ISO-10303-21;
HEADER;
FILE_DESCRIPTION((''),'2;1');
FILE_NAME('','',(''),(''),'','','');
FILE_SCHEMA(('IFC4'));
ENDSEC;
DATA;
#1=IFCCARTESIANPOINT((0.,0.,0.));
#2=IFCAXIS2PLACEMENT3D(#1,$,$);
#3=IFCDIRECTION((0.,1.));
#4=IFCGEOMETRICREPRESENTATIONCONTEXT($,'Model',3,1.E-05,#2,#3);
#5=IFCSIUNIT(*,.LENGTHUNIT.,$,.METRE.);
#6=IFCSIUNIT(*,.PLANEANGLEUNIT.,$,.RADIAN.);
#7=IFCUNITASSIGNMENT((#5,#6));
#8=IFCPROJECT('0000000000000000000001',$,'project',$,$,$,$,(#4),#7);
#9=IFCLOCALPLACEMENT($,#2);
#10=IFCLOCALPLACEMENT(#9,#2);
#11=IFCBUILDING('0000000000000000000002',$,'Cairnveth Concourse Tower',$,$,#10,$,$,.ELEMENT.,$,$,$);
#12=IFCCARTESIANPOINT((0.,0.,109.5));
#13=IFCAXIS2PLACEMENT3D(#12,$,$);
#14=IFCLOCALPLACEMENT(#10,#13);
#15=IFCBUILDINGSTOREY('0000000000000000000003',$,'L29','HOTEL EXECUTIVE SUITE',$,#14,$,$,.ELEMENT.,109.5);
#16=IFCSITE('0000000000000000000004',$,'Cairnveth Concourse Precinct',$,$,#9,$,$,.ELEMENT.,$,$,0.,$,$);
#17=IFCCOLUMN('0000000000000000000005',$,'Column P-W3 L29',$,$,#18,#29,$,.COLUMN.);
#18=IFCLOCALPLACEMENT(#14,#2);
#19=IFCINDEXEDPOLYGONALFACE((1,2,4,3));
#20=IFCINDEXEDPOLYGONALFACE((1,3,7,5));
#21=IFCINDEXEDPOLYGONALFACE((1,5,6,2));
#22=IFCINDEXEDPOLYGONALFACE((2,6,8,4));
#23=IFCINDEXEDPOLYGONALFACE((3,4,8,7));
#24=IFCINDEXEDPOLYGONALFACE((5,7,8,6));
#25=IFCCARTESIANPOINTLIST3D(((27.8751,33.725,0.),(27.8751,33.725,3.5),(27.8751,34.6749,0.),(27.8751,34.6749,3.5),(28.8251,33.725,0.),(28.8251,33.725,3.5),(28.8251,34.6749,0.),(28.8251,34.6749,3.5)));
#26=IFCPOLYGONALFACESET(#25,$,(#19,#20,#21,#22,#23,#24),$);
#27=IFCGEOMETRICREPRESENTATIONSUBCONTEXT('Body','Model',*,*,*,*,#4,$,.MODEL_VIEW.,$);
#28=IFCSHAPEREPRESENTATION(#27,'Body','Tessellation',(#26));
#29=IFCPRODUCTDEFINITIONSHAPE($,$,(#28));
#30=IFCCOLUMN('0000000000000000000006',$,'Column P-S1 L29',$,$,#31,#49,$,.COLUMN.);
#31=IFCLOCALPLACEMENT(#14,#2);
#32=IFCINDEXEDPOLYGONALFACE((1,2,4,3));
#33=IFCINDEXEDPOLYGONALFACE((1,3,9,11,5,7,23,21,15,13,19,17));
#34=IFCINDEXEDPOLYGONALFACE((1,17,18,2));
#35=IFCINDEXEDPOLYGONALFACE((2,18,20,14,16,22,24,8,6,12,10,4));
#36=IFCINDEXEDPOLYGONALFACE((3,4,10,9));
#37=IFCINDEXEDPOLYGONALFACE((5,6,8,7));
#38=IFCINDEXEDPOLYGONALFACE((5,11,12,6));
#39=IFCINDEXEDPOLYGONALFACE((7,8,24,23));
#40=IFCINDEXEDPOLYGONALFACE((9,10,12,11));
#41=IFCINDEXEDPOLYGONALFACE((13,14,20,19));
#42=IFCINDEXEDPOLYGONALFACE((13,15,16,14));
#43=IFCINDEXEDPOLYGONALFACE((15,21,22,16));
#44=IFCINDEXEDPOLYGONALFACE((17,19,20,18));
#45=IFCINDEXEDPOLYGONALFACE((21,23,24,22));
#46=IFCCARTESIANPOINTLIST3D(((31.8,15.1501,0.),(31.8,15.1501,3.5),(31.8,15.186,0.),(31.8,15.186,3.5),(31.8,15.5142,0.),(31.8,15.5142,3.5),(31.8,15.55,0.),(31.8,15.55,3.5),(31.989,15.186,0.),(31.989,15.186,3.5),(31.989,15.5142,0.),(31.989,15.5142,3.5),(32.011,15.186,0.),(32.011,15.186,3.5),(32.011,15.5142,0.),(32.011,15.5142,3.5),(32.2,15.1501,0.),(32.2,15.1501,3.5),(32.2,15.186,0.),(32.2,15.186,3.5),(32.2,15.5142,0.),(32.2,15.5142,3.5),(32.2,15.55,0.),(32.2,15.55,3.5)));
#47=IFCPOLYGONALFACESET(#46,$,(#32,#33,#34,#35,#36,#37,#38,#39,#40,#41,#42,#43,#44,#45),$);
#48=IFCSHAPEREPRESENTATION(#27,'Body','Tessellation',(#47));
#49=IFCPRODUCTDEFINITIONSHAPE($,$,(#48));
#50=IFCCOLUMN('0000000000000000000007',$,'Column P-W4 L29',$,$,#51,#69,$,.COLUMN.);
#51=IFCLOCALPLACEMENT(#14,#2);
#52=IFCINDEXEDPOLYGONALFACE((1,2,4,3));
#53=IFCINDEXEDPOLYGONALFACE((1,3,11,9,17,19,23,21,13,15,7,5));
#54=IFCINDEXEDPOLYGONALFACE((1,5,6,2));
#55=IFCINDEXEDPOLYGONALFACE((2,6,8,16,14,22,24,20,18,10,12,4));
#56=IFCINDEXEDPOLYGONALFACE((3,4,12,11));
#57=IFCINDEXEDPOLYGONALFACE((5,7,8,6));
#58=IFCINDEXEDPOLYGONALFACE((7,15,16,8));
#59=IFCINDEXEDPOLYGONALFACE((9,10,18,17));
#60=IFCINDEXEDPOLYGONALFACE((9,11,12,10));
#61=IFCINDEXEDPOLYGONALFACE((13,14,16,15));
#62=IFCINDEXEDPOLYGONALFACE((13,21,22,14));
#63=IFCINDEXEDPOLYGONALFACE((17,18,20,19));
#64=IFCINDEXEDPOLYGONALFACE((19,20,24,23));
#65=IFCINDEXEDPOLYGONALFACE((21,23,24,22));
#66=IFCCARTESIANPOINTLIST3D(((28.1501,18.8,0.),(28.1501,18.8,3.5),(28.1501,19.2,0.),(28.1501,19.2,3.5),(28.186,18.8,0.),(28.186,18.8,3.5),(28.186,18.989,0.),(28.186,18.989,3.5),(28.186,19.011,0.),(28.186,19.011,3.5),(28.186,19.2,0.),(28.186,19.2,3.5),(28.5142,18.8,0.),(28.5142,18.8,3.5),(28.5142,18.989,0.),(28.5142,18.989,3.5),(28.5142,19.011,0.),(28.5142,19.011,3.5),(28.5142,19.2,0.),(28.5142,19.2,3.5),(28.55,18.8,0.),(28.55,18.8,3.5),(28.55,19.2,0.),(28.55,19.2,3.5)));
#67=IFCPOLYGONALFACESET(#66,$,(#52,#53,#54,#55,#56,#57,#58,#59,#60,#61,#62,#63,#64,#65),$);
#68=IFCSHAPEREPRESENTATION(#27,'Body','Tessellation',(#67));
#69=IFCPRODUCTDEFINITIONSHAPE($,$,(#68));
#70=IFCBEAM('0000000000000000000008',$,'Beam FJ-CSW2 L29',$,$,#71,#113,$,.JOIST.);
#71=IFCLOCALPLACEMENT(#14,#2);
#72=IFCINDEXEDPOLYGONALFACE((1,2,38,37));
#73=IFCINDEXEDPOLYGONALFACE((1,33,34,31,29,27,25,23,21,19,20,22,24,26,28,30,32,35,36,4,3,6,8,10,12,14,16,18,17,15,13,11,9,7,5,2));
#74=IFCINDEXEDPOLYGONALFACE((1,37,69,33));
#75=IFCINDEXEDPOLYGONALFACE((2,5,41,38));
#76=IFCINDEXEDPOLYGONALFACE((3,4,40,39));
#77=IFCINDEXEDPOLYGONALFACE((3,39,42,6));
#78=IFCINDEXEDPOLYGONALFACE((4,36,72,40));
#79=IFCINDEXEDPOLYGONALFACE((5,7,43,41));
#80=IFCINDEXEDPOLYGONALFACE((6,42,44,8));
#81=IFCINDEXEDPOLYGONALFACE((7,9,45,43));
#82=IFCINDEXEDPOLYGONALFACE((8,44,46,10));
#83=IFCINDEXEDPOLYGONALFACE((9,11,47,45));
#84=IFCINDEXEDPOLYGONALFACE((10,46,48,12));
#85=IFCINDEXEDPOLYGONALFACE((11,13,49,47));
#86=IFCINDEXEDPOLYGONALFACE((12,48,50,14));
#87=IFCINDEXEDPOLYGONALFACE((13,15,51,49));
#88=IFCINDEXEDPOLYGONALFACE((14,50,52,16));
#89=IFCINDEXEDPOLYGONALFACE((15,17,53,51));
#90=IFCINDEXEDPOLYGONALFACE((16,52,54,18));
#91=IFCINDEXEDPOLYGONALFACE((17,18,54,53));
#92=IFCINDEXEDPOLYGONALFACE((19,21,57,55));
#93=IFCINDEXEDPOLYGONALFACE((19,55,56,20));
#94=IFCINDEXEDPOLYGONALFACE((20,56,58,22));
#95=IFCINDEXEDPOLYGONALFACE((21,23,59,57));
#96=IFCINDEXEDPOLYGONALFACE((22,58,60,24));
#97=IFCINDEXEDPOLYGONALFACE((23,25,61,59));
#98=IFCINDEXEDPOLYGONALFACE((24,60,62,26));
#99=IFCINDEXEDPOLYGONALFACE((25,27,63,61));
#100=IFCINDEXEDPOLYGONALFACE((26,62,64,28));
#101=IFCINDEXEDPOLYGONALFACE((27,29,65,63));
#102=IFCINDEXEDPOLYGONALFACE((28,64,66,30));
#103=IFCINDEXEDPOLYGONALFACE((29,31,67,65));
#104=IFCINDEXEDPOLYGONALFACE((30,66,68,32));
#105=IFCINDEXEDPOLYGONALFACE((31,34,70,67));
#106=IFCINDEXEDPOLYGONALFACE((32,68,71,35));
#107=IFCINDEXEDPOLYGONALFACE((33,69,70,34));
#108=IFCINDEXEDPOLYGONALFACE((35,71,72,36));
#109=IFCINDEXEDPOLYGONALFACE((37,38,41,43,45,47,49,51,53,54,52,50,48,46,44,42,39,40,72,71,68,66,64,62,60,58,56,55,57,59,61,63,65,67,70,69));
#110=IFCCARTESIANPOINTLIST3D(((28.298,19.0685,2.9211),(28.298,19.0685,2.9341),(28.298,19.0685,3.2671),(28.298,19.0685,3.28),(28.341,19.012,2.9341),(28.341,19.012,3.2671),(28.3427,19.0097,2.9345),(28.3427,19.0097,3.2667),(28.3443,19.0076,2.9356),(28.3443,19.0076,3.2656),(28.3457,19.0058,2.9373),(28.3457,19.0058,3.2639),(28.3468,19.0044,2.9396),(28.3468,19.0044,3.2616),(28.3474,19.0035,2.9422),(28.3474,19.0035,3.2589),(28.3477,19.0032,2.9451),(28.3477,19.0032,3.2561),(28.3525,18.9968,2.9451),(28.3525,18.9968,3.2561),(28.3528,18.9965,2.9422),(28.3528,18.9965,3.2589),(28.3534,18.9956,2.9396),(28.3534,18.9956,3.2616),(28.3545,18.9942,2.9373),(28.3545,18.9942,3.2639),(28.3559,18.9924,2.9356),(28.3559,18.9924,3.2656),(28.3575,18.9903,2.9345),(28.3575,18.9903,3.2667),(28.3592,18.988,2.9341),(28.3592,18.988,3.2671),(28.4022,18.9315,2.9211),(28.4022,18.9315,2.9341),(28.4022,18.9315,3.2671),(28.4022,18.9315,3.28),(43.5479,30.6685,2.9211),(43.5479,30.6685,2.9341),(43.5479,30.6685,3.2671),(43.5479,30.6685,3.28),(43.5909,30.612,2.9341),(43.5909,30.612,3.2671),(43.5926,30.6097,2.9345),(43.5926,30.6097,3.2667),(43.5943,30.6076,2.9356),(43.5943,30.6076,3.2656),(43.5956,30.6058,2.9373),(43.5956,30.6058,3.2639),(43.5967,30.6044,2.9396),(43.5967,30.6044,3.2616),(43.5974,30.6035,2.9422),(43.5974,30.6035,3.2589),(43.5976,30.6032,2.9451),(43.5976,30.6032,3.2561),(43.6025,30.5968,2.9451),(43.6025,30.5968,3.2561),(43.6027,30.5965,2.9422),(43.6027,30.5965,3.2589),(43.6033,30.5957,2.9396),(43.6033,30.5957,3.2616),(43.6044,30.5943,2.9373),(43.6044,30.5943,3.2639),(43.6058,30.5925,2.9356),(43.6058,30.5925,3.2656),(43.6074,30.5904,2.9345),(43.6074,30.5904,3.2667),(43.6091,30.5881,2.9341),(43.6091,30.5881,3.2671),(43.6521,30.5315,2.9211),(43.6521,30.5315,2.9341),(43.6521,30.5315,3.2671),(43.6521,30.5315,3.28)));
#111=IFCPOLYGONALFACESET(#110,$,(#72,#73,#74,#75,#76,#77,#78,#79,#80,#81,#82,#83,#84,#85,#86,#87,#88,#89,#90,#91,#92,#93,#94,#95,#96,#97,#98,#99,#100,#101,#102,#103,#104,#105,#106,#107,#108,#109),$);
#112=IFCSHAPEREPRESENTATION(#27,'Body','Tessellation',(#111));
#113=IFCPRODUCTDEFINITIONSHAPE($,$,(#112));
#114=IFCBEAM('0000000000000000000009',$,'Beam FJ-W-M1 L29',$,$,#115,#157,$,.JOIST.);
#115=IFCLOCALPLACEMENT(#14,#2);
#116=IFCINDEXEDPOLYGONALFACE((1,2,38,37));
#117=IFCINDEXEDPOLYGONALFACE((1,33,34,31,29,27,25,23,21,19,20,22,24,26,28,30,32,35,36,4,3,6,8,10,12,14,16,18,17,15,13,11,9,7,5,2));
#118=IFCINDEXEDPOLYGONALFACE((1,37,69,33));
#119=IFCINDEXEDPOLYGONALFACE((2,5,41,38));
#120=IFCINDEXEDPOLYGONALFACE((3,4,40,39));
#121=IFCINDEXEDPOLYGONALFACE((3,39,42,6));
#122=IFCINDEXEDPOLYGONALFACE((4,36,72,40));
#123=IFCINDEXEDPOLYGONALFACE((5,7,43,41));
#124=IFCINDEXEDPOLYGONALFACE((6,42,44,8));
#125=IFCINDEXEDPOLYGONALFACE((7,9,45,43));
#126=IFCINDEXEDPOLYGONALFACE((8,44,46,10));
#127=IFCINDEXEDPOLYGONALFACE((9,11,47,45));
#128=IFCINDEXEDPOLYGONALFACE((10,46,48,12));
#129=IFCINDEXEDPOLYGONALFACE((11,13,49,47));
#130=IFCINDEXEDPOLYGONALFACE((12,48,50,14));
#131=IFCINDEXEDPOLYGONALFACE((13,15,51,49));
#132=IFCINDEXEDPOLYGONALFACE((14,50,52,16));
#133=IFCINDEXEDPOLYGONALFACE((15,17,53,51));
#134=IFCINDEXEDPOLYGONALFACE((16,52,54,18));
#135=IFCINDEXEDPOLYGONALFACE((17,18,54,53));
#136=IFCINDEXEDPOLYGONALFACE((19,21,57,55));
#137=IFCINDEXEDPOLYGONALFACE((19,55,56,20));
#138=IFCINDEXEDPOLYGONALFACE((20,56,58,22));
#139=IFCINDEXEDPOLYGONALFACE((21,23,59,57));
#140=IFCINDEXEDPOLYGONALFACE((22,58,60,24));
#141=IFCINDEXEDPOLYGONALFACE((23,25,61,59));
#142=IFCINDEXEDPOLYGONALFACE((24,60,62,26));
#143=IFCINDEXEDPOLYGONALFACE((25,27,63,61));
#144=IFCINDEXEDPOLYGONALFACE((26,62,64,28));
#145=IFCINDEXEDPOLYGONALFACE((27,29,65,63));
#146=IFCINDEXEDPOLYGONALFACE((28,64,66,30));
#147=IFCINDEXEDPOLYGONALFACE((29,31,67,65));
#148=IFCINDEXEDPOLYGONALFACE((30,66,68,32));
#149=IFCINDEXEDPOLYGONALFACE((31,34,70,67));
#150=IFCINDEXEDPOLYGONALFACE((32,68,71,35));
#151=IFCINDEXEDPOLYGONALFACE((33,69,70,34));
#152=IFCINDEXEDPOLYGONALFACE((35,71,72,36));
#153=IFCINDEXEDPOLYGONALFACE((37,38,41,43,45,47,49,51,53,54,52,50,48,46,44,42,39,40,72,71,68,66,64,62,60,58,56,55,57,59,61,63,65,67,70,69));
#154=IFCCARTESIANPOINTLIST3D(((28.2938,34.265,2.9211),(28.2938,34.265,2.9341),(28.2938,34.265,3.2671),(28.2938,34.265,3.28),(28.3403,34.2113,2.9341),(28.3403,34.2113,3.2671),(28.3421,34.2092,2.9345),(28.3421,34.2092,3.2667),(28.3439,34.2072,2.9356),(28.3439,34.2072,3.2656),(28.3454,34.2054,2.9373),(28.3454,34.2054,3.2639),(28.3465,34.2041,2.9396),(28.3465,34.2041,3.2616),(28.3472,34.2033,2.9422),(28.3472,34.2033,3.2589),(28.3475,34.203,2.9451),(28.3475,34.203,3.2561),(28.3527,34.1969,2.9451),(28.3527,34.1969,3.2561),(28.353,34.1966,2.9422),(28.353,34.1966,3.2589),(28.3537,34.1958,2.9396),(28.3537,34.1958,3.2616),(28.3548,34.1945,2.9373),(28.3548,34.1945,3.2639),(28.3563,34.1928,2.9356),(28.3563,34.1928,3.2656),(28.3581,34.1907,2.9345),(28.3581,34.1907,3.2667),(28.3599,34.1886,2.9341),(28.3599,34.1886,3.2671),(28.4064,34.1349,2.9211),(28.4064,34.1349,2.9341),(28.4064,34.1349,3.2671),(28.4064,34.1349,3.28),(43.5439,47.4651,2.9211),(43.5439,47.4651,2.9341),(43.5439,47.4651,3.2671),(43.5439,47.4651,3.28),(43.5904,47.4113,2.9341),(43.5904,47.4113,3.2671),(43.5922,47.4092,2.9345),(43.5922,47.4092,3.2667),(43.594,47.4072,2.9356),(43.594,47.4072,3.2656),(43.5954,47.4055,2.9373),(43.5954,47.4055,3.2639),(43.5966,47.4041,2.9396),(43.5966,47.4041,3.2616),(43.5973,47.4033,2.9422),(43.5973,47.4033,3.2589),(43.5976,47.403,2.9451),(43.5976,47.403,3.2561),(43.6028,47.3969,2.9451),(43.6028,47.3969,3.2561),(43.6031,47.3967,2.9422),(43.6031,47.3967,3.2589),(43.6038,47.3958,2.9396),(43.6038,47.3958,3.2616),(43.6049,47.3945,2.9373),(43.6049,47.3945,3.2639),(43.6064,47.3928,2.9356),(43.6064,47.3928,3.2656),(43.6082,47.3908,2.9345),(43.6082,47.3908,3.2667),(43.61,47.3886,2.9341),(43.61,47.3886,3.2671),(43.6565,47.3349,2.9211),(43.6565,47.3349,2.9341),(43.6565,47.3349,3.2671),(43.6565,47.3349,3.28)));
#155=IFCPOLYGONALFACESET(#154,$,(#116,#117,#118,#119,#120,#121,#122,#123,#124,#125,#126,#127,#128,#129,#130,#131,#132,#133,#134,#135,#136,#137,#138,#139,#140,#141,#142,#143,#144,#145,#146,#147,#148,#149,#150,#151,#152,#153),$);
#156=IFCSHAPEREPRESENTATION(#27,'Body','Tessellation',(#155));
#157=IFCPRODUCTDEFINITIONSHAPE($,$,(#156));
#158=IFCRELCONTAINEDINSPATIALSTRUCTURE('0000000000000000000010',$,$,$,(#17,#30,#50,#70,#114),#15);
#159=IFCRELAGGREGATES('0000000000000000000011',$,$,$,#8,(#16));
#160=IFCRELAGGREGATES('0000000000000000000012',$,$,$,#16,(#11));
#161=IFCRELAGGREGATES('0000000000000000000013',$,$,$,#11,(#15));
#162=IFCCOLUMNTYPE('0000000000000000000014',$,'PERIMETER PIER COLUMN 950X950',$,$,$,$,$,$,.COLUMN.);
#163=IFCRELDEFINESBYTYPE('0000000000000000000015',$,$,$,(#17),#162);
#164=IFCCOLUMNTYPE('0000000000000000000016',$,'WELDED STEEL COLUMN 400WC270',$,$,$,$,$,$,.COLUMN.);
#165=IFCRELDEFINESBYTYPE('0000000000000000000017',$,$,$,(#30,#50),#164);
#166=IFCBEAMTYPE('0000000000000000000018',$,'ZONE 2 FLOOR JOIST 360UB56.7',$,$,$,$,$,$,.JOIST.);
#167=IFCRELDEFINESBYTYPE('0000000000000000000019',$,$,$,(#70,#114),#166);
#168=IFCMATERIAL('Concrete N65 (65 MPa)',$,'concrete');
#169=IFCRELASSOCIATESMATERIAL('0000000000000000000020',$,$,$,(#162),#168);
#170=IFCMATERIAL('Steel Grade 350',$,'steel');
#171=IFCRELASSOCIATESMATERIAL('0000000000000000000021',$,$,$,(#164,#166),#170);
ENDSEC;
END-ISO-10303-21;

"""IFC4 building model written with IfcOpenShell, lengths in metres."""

from ifc_helpers import new_model, si_unit, direction, frame, origin, origin_2d, place, context, subcontext, project, spatial, rectangle, i_section, extrude, material, material_profile, profile_set, type_object, element, save


model = new_model("IFC4")

# Units and contexts
model_context = context("Model", 3, precision=1e-05, world=origin(), true_north=direction((0.0, 1.0)))
body_context = subcontext(model_context, "Body", "Model", "MODEL_VIEW")
ifc_project = project(units=[si_unit("LENGTHUNIT", "METRE"), si_unit("PLANEANGLEUNIT", "RADIAN")], contexts=[model_context])

# Site, building, storey
site_placement = place(None, origin())
site = spatial("IfcSite", under=ifc_project, at=site_placement, Name="Cairnveth Concourse Precinct", CompositionType="ELEMENT", RefElevation=0.0)
building_placement = place(site_placement, origin())
building = spatial("IfcBuilding", under=site, at=building_placement, Name="Cairnveth Concourse Tower", CompositionType="ELEMENT")
storey_placement = place(building_placement, frame((0.0, 0.0, 109.5)))
storey = spatial("IfcBuildingStorey", under=building, at=storey_placement, Name="L29", Description="HOTEL EXECUTIVE SUITE", CompositionType="ELEMENT", Elevation=109.5)

# Columns
ifc_material_1 = material(Name="Concrete N65 (65 MPa)", Category="concrete")
ifc_material_profile_1 = material_profile(ifc_material_1, rectangle(XDim=0.95, YDim=0.95, at=origin_2d()), Name="RC-COL-950x950")
ifc_profile_set_1 = profile_set([ifc_material_profile_1], Name="Concrete N65 (65 MPa)")
column_type_1 = type_object("IfcColumnType", Name="PERIMETER PIER COLUMN 950X950", PredefinedType="COLUMN", material=ifc_profile_set_1)
column_placement = place(storey_placement, frame((28.3501, 34.2, 0.0), z_axis=(0.0, 0.0, 1.0), x_axis=(0.0, 1.0, 0.0)))
element("IfcColumn", 1, at=column_placement, inside=storey, type_object=column_type_1, Name="Column P-W3 L29", PredefinedType="COLUMN", context=body_context, shape_type="SweptSolid", body=[
    extrude(rectangle(XDim=0.95, YDim=0.95, at=origin_2d()), origin(), (0.0, 0.0, 1.0), 3.5),
])
ifc_material_2 = material(Name="Steel Grade 350", Category="steel")
ifc_material_profile_2 = material_profile(ifc_material_2, i_section(OverallWidth=0.3999, OverallDepth=0.3999, WebThickness=0.022, FlangeThickness=0.0359, at=origin_2d()), Name="400WC270")
ifc_profile_set_2 = profile_set([ifc_material_profile_2], Name="Steel Grade 350")
column_type_2 = type_object("IfcColumnType", Name="WELDED STEEL COLUMN 400WC270", PredefinedType="COLUMN", material=ifc_profile_set_2)
for number, where, z_axis, x_axis, name in (
    (2, (32.0, 15.3501, 0.0), (0.0, 0.0, 1.0), (1.0, 0.0, 0.0), "Column P-S1 L29"),
    (3, (28.3501, 19.0, 0.0), (0.0, 0.0, 1.0), (0.0, 1.0, 0.0), "Column P-W4 L29"),
):
    element("IfcColumn", number, at=place(storey_placement, frame(where, z_axis=z_axis, x_axis=x_axis)), inside=storey, type_object=column_type_2, Name=name, PredefinedType="COLUMN", context=body_context, shape_type="SweptSolid", body=[
        extrude(i_section(OverallWidth=0.3999, OverallDepth=0.3999, WebThickness=0.022, FlangeThickness=0.0359, at=origin_2d()), origin(), (0.0, 0.0, 1.0), 3.5),
    ])

# Beams
ifc_material_profile_3 = material_profile(ifc_material_2, i_section(OverallWidth=0.1721, OverallDepth=0.3589, WebThickness=0.0081, FlangeThickness=0.0129, FilletRadius=0.011, at=origin_2d()), Name="360UB56.7")
ifc_profile_set_3 = profile_set([ifc_material_profile_3], Name="Steel Grade 350")
beam_type_1 = type_object("IfcBeamType", Name="ZONE 2 FLOOR JOIST 360UB56.7", PredefinedType="JOIST", material=ifc_profile_set_3)
beam_1_placement = place(storey_placement, frame((28.3501, 19.0, 3.1006), z_axis=(0.795908, 0.605417, 0.0), x_axis=(-0.605417, 0.795908, 0.0)))
element("IfcBeam", 4, at=beam_1_placement, inside=storey, type_object=beam_type_1, Name="Beam FJ-CSW2 L29", PredefinedType="JOIST", context=body_context, shape_type="SweptSolid", body=[
    extrude(i_section(OverallWidth=0.1721, OverallDepth=0.3589, WebThickness=0.0081, FlangeThickness=0.0129, FilletRadius=0.011, at=origin_2d()), origin(), (0.0, 0.0, 1.0), 19.1604),
])
beam_2_placement = place(storey_placement, frame((28.3501, 34.2, 3.1006), z_axis=(0.756099, 0.654457, 0.0), x_axis=(-0.654457, 0.756099, 0.0)))
element("IfcBeam", 5, at=beam_2_placement, inside=storey, type_object=beam_type_1, Name="Beam FJ-W-M1 L29", PredefinedType="JOIST", context=body_context, shape_type="SweptSolid", body=[
    extrude(i_section(OverallWidth=0.1721, OverallDepth=0.3589, WebThickness=0.0081, FlangeThickness=0.0129, FilletRadius=0.011, at=origin_2d()), origin(), (0.0, 0.0, 1.0), 20.1694),
])

save(model, "model.ifc")
